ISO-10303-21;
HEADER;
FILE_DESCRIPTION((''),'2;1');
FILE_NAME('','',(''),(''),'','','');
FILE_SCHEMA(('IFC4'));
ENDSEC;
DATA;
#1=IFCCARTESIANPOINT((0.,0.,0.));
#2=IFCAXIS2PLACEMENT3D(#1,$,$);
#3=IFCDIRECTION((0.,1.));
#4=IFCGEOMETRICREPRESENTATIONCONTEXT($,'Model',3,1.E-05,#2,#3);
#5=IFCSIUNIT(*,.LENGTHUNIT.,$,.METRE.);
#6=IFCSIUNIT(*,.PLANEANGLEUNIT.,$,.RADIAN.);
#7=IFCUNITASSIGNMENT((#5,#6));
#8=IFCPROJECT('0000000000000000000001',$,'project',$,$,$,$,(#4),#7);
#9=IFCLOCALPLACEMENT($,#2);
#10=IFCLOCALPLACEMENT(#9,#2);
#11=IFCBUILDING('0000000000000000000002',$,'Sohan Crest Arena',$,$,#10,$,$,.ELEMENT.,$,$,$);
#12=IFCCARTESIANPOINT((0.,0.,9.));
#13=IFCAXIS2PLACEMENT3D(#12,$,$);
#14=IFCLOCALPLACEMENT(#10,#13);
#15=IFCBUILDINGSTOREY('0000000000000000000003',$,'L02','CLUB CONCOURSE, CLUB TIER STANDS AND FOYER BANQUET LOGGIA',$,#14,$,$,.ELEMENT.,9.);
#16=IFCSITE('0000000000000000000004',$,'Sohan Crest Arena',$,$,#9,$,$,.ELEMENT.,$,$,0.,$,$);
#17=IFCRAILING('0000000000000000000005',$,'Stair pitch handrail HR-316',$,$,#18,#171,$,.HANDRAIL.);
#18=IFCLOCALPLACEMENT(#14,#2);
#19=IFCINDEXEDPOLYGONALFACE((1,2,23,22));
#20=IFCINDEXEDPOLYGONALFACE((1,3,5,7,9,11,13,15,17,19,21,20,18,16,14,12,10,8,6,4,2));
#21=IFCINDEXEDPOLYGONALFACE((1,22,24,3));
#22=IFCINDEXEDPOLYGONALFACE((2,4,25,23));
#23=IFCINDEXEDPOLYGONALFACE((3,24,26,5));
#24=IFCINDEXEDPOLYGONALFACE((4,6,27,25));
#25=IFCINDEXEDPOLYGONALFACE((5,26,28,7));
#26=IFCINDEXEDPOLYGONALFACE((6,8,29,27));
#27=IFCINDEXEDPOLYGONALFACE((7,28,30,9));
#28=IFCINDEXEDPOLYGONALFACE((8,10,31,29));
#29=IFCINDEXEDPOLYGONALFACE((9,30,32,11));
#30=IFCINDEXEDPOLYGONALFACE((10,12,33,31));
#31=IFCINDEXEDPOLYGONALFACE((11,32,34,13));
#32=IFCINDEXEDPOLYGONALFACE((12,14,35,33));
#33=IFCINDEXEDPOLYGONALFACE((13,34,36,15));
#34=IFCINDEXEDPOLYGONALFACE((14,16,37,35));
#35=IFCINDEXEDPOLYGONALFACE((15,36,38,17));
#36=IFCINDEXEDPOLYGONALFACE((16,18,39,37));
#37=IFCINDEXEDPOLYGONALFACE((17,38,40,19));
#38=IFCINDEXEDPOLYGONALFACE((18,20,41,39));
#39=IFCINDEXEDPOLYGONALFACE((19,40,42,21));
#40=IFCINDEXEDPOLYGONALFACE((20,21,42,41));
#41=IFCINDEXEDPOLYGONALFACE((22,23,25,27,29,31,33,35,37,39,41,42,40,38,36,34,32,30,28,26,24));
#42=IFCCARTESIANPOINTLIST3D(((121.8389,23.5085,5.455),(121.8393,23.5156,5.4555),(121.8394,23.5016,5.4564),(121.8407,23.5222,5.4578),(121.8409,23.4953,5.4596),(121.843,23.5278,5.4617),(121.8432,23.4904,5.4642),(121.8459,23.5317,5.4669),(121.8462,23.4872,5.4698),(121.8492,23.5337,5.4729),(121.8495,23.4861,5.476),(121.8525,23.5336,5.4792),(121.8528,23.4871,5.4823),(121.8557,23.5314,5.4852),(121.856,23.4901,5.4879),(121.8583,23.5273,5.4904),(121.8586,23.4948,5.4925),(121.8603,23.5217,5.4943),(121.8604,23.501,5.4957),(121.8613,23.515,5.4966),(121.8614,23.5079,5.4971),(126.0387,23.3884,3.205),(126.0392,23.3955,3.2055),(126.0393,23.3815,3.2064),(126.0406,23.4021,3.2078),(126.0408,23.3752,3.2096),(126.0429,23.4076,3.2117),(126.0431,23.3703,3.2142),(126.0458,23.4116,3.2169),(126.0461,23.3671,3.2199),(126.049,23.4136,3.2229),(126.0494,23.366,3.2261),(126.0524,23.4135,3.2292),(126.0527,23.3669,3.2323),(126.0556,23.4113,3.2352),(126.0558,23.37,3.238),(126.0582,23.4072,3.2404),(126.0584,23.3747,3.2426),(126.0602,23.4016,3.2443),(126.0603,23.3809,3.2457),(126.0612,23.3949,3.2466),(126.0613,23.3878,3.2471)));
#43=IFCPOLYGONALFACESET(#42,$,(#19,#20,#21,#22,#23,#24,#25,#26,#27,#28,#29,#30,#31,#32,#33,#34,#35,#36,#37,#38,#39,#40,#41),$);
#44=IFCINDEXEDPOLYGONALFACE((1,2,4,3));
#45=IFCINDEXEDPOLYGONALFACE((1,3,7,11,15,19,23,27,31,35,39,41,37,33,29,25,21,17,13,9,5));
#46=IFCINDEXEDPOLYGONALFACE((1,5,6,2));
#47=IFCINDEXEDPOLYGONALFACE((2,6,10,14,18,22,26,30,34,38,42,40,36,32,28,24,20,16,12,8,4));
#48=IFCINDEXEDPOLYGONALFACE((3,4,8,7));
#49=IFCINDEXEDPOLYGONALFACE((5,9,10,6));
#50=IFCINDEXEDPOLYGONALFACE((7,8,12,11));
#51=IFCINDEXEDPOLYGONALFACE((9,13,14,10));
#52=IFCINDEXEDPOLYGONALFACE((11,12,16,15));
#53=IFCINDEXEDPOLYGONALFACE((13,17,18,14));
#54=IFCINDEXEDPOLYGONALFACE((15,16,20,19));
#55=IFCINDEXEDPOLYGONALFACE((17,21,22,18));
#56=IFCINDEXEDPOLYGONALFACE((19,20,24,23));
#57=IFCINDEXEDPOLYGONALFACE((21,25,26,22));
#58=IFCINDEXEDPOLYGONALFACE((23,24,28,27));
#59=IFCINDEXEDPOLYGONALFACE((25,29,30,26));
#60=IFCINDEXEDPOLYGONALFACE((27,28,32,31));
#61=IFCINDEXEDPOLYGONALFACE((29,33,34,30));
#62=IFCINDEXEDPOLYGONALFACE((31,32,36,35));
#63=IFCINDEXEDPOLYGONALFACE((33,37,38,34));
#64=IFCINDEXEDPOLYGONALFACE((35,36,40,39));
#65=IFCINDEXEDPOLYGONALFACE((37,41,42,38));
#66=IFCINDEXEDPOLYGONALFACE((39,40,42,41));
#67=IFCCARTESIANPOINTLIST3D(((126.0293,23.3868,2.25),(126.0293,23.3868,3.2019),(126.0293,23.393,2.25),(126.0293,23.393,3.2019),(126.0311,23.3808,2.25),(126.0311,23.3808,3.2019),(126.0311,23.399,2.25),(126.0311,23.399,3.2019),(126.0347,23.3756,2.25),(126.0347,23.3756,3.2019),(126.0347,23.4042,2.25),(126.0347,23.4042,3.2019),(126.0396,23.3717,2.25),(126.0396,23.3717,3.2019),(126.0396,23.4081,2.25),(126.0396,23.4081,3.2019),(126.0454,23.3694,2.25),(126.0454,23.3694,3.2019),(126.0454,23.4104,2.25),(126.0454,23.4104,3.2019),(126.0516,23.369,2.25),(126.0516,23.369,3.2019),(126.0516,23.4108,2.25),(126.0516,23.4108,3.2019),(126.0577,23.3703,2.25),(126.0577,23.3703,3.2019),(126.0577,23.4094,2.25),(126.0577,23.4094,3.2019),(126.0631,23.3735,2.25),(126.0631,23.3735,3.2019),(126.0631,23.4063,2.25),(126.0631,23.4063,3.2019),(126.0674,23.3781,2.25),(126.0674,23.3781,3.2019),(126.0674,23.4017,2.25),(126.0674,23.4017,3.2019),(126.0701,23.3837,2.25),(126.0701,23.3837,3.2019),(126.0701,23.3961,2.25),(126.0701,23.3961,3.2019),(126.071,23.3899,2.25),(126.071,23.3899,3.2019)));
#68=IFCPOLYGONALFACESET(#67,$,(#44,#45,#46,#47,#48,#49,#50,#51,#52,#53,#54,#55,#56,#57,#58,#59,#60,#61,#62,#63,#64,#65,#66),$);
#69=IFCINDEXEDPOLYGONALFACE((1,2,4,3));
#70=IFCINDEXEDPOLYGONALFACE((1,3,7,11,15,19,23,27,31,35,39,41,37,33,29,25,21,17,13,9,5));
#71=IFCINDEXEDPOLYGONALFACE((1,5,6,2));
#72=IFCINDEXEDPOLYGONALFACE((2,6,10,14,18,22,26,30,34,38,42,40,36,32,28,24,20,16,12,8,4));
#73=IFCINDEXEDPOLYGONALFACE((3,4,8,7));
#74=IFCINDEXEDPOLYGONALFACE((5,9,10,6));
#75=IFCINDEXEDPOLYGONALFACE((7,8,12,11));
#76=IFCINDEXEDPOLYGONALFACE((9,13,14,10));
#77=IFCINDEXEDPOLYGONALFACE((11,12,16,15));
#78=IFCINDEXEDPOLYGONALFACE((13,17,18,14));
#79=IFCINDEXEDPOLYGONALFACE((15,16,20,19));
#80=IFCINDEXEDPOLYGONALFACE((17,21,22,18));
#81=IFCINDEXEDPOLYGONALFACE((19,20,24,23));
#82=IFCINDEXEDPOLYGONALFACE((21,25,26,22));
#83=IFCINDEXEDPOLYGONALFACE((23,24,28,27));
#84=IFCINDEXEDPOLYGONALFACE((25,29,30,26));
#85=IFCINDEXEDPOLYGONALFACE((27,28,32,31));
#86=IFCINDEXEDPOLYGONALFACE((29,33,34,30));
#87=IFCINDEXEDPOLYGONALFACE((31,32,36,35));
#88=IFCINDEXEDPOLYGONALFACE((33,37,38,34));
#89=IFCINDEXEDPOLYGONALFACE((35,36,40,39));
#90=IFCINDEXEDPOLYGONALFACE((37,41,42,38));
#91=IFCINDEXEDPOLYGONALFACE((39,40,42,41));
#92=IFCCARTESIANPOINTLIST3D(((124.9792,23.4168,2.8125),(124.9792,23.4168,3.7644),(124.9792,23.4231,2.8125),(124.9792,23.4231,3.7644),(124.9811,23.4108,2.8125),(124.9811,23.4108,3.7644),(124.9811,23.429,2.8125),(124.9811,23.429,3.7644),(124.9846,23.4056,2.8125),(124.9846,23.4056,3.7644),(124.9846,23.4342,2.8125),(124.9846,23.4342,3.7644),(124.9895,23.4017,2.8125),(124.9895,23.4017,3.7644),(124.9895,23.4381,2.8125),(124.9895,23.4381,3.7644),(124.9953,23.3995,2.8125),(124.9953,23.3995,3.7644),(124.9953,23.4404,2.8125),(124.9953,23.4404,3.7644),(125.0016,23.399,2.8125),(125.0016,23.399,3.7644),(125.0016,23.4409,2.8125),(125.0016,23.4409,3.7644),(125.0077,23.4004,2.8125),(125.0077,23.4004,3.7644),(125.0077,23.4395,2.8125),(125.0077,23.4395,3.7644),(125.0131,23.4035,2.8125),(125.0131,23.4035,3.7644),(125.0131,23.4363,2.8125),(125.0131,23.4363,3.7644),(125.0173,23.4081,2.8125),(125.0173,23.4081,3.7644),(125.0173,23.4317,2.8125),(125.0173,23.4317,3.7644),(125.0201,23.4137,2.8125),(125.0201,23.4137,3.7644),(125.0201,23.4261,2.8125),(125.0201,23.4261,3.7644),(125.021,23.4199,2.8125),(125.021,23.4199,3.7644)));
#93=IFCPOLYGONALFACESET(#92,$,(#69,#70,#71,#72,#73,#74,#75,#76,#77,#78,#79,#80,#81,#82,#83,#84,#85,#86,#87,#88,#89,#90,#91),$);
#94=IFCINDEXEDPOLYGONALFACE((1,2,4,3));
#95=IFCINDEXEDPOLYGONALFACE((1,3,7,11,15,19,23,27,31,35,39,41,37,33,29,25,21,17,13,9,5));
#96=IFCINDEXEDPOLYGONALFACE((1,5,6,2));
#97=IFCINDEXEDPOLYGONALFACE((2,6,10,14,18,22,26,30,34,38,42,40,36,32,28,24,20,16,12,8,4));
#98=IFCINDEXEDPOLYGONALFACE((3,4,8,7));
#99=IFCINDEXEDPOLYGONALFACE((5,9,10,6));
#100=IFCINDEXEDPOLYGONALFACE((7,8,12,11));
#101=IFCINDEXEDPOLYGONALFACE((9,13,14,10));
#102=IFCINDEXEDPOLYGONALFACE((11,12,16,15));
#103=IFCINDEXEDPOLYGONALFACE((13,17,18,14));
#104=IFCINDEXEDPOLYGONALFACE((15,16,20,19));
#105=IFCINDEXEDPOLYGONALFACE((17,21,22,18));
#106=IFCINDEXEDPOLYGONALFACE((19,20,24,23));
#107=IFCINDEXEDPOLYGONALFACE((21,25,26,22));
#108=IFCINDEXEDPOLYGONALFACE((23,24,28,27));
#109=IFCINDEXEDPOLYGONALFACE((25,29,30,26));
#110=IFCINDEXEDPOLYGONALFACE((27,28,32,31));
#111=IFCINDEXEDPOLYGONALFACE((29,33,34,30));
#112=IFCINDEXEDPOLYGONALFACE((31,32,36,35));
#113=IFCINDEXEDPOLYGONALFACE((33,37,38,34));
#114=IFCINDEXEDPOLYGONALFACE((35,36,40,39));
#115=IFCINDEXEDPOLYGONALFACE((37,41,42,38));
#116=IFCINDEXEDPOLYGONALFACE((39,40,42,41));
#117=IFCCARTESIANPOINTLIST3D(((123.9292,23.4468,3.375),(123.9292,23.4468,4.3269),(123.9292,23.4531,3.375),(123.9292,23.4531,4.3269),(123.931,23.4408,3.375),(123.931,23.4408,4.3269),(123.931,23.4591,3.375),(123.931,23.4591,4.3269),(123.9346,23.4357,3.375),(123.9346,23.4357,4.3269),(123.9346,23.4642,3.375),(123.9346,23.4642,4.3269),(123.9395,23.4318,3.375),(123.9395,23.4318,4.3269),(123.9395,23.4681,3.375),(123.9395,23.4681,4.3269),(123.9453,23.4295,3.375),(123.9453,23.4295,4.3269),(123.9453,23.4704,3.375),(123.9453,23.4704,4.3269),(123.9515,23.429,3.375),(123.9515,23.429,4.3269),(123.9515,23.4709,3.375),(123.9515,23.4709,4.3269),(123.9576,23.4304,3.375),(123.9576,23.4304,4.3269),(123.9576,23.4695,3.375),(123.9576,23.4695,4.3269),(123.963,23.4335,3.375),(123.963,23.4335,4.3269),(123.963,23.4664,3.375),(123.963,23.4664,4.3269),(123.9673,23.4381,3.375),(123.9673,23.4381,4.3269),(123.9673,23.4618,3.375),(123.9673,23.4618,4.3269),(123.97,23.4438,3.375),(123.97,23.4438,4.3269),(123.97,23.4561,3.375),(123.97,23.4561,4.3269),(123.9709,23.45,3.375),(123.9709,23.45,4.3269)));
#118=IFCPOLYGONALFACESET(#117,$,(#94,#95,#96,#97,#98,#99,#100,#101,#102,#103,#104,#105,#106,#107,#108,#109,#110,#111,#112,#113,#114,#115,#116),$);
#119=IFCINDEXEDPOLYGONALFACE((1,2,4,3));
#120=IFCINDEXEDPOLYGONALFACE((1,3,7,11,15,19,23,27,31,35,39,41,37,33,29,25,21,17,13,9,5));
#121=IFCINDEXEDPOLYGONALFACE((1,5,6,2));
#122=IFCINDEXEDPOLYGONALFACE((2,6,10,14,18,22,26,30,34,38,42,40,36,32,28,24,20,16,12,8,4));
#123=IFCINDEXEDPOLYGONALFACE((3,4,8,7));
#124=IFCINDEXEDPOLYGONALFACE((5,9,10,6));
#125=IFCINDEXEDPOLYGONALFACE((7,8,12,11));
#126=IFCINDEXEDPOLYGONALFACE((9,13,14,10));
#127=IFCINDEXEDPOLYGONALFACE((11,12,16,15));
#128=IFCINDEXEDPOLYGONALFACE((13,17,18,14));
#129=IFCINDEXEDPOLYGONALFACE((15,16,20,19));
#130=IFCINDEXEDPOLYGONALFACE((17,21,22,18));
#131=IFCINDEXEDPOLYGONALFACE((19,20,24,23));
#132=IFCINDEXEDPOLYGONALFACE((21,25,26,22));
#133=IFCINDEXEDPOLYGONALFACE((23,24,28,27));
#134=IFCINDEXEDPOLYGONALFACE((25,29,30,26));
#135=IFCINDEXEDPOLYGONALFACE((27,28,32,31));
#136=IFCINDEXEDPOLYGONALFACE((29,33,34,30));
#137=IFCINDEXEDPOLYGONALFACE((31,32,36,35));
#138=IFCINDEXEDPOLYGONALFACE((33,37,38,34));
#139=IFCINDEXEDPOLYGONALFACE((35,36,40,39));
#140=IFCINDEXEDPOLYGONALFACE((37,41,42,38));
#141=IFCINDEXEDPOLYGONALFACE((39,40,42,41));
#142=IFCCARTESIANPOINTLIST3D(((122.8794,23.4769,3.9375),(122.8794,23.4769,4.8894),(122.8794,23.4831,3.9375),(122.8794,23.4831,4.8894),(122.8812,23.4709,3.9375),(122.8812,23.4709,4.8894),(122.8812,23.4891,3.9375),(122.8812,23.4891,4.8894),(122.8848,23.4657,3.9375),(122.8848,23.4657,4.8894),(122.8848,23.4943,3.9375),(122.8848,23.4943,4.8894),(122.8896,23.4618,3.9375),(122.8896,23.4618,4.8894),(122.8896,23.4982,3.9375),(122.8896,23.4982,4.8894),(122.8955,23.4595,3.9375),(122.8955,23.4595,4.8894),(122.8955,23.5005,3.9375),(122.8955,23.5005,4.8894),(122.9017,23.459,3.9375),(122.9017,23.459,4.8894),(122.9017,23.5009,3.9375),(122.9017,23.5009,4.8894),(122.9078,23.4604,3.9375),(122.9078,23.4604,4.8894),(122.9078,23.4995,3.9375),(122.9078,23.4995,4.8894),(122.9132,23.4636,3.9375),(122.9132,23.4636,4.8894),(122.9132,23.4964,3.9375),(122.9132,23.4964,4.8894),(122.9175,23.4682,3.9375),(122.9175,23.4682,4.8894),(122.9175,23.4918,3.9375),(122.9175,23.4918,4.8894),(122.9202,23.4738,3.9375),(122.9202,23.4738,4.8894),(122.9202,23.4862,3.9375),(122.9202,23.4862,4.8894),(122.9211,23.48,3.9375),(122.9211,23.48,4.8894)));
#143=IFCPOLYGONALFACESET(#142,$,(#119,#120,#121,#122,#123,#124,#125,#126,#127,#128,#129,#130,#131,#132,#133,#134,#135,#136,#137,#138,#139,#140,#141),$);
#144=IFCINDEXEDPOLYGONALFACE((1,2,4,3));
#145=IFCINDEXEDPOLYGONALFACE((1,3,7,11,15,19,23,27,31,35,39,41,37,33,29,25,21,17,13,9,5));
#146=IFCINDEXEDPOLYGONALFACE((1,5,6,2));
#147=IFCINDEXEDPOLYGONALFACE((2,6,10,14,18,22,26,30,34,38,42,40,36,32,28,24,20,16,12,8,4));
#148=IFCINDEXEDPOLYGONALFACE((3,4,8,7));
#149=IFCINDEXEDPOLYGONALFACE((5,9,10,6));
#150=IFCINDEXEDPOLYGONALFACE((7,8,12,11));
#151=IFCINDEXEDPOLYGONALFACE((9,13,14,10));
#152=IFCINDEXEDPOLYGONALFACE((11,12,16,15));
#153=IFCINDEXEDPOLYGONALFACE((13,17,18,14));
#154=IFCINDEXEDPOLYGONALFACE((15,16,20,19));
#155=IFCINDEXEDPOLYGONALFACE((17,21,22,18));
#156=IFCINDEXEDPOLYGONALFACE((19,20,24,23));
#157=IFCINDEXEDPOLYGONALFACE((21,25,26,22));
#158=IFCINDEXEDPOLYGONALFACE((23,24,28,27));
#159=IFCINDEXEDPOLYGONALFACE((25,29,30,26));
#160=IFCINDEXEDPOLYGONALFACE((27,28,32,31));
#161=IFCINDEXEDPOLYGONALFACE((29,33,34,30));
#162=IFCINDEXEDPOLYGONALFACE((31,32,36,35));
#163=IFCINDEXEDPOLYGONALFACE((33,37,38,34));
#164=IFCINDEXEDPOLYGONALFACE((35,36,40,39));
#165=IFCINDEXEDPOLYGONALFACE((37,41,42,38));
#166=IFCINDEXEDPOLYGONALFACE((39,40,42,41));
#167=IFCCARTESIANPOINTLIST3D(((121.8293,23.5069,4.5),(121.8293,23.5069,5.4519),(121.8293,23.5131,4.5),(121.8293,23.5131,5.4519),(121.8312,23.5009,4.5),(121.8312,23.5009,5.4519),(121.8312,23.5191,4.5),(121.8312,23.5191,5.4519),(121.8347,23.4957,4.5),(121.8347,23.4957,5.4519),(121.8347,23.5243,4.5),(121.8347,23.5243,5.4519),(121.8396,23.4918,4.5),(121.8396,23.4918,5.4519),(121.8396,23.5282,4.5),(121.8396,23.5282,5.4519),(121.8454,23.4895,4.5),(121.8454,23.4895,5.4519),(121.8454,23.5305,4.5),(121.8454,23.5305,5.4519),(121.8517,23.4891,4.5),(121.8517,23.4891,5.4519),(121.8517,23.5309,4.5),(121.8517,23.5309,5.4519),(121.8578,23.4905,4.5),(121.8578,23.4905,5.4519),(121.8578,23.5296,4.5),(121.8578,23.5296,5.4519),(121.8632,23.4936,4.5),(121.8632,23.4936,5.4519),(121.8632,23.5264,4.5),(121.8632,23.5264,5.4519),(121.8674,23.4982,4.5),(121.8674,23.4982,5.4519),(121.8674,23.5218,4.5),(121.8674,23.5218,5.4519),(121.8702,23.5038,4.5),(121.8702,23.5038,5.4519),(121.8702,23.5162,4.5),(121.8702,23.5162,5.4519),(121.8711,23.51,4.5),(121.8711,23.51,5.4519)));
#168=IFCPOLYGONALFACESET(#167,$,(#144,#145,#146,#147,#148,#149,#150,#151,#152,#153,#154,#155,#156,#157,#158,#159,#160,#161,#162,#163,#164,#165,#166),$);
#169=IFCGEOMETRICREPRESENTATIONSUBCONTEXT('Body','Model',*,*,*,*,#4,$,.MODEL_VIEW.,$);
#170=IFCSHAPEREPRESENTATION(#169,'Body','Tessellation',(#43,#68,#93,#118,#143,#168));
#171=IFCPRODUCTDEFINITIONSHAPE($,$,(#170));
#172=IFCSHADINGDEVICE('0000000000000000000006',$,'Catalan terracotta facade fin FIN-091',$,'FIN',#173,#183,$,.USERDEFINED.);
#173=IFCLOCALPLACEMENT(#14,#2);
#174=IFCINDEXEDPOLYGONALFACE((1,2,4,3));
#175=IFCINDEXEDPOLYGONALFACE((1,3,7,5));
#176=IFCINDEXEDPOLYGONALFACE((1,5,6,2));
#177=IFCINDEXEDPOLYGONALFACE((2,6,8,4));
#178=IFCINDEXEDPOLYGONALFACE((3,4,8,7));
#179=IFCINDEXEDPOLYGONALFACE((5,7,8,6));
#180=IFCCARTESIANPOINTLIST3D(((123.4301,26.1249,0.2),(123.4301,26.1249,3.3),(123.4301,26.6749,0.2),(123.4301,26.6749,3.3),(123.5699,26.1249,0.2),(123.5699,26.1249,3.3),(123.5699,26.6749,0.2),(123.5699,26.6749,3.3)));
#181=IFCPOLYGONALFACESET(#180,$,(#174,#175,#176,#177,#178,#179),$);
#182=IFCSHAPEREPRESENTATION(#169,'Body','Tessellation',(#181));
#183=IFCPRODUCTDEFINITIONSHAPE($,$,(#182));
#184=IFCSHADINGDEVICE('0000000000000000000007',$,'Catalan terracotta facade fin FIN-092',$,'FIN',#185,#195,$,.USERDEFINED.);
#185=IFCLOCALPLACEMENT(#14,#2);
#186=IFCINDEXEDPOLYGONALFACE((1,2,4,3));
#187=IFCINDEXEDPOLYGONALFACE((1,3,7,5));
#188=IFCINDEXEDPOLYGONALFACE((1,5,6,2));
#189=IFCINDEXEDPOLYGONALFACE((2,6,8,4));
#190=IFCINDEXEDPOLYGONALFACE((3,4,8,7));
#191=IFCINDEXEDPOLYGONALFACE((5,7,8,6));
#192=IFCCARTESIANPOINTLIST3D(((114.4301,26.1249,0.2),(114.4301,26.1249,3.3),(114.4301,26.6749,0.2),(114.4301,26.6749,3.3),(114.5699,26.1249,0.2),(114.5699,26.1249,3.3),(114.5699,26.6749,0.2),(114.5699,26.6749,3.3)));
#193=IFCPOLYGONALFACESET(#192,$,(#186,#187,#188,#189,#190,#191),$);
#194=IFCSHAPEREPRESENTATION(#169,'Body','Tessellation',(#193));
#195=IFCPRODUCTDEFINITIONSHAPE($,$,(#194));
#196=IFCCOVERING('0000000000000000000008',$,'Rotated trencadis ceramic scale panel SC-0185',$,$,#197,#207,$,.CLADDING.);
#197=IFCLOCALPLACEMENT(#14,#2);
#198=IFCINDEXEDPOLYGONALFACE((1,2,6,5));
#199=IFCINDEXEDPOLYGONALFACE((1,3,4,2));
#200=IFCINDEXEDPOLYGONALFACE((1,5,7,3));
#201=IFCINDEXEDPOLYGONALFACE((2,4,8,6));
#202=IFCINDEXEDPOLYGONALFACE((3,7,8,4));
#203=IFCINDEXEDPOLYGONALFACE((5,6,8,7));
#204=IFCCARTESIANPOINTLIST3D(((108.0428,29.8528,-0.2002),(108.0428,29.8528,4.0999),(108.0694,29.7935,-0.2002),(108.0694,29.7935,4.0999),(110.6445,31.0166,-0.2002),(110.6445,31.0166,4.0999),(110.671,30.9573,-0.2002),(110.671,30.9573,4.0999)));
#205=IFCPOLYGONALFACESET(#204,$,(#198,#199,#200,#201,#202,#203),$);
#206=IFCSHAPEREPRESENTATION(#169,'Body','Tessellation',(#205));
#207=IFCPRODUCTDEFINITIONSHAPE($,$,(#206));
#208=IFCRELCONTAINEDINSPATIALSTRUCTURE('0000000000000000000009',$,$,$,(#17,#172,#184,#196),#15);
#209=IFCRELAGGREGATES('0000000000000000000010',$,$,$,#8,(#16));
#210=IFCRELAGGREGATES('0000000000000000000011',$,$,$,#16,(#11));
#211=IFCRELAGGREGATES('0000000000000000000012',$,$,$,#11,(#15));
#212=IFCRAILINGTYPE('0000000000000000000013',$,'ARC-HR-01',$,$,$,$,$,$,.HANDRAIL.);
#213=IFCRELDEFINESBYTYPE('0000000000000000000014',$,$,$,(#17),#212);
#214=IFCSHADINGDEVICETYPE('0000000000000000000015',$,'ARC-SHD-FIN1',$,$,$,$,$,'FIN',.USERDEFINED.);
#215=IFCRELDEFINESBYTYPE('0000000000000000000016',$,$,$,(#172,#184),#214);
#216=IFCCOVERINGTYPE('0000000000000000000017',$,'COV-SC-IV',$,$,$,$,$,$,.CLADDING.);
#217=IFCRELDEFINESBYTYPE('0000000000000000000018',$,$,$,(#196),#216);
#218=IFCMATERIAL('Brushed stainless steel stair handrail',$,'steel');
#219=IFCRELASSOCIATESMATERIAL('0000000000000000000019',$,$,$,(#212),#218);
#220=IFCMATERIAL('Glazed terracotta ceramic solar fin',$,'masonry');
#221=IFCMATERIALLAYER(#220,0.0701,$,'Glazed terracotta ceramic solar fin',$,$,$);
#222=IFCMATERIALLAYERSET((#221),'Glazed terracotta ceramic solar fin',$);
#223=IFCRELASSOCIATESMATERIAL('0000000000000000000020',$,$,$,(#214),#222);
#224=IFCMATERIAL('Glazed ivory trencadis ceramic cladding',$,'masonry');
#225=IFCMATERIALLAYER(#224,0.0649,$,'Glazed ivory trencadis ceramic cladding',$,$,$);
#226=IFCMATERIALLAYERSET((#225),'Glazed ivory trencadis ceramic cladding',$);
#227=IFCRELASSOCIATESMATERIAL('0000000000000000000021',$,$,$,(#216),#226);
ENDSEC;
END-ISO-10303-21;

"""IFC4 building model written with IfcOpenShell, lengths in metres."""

from ifc_helpers import new_model, si_unit, direction, frame, origin, origin_2d, place, context, subcontext, project, spatial, rectangle, circle, extrude, material, layer, layer_set, type_object, element, save


model = new_model("IFC4")

# Units and contexts
model_context = context("Model", 3, precision=1e-05, world=origin(), true_north=direction((0.0, 1.0)))
body_context = subcontext(model_context, "Body", "Model", "MODEL_VIEW")
ifc_project = project(units=[si_unit("LENGTHUNIT", "METRE"), si_unit("PLANEANGLEUNIT", "RADIAN")], contexts=[model_context])

# Site, building, storey
site_placement = place(None, origin())
site = spatial("IfcSite", under=ifc_project, at=site_placement, Name="Sohan Crest Arena", CompositionType="ELEMENT", RefElevation=0.0)
building_placement = place(site_placement, origin())
building = spatial("IfcBuilding", under=site, at=building_placement, Name="Sohan Crest Arena", CompositionType="ELEMENT")
storey_placement = place(building_placement, frame((0.0, 0.0, 9.0)))
storey = spatial("IfcBuildingStorey", under=building, at=storey_placement, Name="L02", Description="CLUB CONCOURSE, CLUB TIER STANDS AND FOYER BANQUET LOGGIA", CompositionType="ELEMENT", Elevation=9.0)

# Railing
ifc_material_1 = material(Name="Brushed stainless steel stair handrail", Category="steel")
railing_type = type_object("IfcRailingType", Name="ARC-HR-01", PredefinedType="HANDRAIL", material=ifc_material_1)
for number, where, name in (
    (1, (126.05, 23.3899, 2.25), "Stair pitch handrail HR-316"),
):
    element("IfcRailing", number, at=place(storey_placement, frame(where)), inside=storey, type_object=railing_type, Name=name, PredefinedType="HANDRAIL", context=body_context, shape_type="SweptSolid", body=[
        extrude(circle(Radius=0.0239, at=origin_2d()), frame((0.0, 0.0, 0.9761), z_axis=(-0.881198, 0.025202, 0.472076), x_axis=(-0.028588, -0.999591, 0.0)), (0.0, 0.0, 1.0), 4.7661),
        extrude(circle(Radius=0.021, at=origin_2d()), origin(), (0.0, 0.0, 1.0), 0.9519),
        extrude(circle(Radius=0.021, at=origin_2d()), frame((-1.05, 0.03, 0.5625)), (0.0, 0.0, 1.0), 0.9519),
        extrude(circle(Radius=0.021, at=origin_2d()), frame((-2.1001, 0.0601, 1.125)), (0.0, 0.0, 1.0), 0.9519),
        extrude(circle(Radius=0.021, at=origin_2d()), frame((-3.1499, 0.0901, 1.6875)), (0.0, 0.0, 1.0), 0.9519),
        extrude(circle(Radius=0.021, at=origin_2d()), frame((-4.2, 0.1201, 2.25)), (0.0, 0.0, 1.0), 0.9519),
    ])

# Shading devices
ifc_material_2 = material(Name="Glazed terracotta ceramic solar fin", Category="masonry")
ifc_layer_1 = layer(ifc_material_2, 0.0701, Name="Glazed terracotta ceramic solar fin")
ifc_layer_set_1 = layer_set([ifc_layer_1], Name="Glazed terracotta ceramic solar fin")
shading_device_type = type_object("IfcShadingDeviceType", Name="ARC-SHD-FIN1", ElementType="FIN", PredefinedType="USERDEFINED", material=ifc_layer_set_1)
for number, where, z_axis, x_axis, name in (
    (2, (123.5, 26.3999, 0.2), (0.0, 0.0, 1.0), (-1.0, 0.0, 0.0), "Catalan terracotta facade fin FIN-091"),
    (3, (114.5, 26.3999, 0.2), (0.0, 0.0, 1.0), (-1.0, 0.0, 0.0), "Catalan terracotta facade fin FIN-092"),
):
    element("IfcShadingDevice", number, at=place(storey_placement, frame(where, z_axis=z_axis, x_axis=x_axis)), inside=storey, type_object=shading_device_type, Name=name, ObjectType="FIN", PredefinedType="USERDEFINED", context=body_context, shape_type="SweptSolid", body=[
        extrude(rectangle(XDim=0.1399, YDim=0.55, at=origin_2d()), origin(), (0.0, 0.0, 1.0), 3.1001),
    ])

# Covering
ifc_material_3 = material(Name="Glazed ivory trencadis ceramic cladding", Category="masonry")
ifc_layer_2 = layer(ifc_material_3, 0.0649, Name="Glazed ivory trencadis ceramic cladding")
ifc_layer_set_2 = layer_set([ifc_layer_2], Name="Glazed ivory trencadis ceramic cladding")
covering_type_1 = type_object("IfcCoveringType", Name="COV-SC-IV", PredefinedType="CLADDING", material=ifc_layer_set_2)
for number, where, z_axis, x_axis, name in (
    (4, (109.3569, 30.405, -0.2002), (0.0, 0.0, 1.0), (0.912834, 0.40833, 0.0), "Rotated trencadis ceramic scale panel SC-0185"),
):
    element("IfcCovering", number, at=place(storey_placement, frame(where, z_axis=z_axis, x_axis=x_axis)), inside=storey, type_object=covering_type_1, Name=name, PredefinedType="CLADDING", context=body_context, shape_type="SweptSolid", body=[
        extrude(rectangle(XDim=2.8501, YDim=0.0649, at=origin_2d()), origin(), (0.0, 0.0, 1.0), 4.3),
    ])

save(model, "model.ifc")
